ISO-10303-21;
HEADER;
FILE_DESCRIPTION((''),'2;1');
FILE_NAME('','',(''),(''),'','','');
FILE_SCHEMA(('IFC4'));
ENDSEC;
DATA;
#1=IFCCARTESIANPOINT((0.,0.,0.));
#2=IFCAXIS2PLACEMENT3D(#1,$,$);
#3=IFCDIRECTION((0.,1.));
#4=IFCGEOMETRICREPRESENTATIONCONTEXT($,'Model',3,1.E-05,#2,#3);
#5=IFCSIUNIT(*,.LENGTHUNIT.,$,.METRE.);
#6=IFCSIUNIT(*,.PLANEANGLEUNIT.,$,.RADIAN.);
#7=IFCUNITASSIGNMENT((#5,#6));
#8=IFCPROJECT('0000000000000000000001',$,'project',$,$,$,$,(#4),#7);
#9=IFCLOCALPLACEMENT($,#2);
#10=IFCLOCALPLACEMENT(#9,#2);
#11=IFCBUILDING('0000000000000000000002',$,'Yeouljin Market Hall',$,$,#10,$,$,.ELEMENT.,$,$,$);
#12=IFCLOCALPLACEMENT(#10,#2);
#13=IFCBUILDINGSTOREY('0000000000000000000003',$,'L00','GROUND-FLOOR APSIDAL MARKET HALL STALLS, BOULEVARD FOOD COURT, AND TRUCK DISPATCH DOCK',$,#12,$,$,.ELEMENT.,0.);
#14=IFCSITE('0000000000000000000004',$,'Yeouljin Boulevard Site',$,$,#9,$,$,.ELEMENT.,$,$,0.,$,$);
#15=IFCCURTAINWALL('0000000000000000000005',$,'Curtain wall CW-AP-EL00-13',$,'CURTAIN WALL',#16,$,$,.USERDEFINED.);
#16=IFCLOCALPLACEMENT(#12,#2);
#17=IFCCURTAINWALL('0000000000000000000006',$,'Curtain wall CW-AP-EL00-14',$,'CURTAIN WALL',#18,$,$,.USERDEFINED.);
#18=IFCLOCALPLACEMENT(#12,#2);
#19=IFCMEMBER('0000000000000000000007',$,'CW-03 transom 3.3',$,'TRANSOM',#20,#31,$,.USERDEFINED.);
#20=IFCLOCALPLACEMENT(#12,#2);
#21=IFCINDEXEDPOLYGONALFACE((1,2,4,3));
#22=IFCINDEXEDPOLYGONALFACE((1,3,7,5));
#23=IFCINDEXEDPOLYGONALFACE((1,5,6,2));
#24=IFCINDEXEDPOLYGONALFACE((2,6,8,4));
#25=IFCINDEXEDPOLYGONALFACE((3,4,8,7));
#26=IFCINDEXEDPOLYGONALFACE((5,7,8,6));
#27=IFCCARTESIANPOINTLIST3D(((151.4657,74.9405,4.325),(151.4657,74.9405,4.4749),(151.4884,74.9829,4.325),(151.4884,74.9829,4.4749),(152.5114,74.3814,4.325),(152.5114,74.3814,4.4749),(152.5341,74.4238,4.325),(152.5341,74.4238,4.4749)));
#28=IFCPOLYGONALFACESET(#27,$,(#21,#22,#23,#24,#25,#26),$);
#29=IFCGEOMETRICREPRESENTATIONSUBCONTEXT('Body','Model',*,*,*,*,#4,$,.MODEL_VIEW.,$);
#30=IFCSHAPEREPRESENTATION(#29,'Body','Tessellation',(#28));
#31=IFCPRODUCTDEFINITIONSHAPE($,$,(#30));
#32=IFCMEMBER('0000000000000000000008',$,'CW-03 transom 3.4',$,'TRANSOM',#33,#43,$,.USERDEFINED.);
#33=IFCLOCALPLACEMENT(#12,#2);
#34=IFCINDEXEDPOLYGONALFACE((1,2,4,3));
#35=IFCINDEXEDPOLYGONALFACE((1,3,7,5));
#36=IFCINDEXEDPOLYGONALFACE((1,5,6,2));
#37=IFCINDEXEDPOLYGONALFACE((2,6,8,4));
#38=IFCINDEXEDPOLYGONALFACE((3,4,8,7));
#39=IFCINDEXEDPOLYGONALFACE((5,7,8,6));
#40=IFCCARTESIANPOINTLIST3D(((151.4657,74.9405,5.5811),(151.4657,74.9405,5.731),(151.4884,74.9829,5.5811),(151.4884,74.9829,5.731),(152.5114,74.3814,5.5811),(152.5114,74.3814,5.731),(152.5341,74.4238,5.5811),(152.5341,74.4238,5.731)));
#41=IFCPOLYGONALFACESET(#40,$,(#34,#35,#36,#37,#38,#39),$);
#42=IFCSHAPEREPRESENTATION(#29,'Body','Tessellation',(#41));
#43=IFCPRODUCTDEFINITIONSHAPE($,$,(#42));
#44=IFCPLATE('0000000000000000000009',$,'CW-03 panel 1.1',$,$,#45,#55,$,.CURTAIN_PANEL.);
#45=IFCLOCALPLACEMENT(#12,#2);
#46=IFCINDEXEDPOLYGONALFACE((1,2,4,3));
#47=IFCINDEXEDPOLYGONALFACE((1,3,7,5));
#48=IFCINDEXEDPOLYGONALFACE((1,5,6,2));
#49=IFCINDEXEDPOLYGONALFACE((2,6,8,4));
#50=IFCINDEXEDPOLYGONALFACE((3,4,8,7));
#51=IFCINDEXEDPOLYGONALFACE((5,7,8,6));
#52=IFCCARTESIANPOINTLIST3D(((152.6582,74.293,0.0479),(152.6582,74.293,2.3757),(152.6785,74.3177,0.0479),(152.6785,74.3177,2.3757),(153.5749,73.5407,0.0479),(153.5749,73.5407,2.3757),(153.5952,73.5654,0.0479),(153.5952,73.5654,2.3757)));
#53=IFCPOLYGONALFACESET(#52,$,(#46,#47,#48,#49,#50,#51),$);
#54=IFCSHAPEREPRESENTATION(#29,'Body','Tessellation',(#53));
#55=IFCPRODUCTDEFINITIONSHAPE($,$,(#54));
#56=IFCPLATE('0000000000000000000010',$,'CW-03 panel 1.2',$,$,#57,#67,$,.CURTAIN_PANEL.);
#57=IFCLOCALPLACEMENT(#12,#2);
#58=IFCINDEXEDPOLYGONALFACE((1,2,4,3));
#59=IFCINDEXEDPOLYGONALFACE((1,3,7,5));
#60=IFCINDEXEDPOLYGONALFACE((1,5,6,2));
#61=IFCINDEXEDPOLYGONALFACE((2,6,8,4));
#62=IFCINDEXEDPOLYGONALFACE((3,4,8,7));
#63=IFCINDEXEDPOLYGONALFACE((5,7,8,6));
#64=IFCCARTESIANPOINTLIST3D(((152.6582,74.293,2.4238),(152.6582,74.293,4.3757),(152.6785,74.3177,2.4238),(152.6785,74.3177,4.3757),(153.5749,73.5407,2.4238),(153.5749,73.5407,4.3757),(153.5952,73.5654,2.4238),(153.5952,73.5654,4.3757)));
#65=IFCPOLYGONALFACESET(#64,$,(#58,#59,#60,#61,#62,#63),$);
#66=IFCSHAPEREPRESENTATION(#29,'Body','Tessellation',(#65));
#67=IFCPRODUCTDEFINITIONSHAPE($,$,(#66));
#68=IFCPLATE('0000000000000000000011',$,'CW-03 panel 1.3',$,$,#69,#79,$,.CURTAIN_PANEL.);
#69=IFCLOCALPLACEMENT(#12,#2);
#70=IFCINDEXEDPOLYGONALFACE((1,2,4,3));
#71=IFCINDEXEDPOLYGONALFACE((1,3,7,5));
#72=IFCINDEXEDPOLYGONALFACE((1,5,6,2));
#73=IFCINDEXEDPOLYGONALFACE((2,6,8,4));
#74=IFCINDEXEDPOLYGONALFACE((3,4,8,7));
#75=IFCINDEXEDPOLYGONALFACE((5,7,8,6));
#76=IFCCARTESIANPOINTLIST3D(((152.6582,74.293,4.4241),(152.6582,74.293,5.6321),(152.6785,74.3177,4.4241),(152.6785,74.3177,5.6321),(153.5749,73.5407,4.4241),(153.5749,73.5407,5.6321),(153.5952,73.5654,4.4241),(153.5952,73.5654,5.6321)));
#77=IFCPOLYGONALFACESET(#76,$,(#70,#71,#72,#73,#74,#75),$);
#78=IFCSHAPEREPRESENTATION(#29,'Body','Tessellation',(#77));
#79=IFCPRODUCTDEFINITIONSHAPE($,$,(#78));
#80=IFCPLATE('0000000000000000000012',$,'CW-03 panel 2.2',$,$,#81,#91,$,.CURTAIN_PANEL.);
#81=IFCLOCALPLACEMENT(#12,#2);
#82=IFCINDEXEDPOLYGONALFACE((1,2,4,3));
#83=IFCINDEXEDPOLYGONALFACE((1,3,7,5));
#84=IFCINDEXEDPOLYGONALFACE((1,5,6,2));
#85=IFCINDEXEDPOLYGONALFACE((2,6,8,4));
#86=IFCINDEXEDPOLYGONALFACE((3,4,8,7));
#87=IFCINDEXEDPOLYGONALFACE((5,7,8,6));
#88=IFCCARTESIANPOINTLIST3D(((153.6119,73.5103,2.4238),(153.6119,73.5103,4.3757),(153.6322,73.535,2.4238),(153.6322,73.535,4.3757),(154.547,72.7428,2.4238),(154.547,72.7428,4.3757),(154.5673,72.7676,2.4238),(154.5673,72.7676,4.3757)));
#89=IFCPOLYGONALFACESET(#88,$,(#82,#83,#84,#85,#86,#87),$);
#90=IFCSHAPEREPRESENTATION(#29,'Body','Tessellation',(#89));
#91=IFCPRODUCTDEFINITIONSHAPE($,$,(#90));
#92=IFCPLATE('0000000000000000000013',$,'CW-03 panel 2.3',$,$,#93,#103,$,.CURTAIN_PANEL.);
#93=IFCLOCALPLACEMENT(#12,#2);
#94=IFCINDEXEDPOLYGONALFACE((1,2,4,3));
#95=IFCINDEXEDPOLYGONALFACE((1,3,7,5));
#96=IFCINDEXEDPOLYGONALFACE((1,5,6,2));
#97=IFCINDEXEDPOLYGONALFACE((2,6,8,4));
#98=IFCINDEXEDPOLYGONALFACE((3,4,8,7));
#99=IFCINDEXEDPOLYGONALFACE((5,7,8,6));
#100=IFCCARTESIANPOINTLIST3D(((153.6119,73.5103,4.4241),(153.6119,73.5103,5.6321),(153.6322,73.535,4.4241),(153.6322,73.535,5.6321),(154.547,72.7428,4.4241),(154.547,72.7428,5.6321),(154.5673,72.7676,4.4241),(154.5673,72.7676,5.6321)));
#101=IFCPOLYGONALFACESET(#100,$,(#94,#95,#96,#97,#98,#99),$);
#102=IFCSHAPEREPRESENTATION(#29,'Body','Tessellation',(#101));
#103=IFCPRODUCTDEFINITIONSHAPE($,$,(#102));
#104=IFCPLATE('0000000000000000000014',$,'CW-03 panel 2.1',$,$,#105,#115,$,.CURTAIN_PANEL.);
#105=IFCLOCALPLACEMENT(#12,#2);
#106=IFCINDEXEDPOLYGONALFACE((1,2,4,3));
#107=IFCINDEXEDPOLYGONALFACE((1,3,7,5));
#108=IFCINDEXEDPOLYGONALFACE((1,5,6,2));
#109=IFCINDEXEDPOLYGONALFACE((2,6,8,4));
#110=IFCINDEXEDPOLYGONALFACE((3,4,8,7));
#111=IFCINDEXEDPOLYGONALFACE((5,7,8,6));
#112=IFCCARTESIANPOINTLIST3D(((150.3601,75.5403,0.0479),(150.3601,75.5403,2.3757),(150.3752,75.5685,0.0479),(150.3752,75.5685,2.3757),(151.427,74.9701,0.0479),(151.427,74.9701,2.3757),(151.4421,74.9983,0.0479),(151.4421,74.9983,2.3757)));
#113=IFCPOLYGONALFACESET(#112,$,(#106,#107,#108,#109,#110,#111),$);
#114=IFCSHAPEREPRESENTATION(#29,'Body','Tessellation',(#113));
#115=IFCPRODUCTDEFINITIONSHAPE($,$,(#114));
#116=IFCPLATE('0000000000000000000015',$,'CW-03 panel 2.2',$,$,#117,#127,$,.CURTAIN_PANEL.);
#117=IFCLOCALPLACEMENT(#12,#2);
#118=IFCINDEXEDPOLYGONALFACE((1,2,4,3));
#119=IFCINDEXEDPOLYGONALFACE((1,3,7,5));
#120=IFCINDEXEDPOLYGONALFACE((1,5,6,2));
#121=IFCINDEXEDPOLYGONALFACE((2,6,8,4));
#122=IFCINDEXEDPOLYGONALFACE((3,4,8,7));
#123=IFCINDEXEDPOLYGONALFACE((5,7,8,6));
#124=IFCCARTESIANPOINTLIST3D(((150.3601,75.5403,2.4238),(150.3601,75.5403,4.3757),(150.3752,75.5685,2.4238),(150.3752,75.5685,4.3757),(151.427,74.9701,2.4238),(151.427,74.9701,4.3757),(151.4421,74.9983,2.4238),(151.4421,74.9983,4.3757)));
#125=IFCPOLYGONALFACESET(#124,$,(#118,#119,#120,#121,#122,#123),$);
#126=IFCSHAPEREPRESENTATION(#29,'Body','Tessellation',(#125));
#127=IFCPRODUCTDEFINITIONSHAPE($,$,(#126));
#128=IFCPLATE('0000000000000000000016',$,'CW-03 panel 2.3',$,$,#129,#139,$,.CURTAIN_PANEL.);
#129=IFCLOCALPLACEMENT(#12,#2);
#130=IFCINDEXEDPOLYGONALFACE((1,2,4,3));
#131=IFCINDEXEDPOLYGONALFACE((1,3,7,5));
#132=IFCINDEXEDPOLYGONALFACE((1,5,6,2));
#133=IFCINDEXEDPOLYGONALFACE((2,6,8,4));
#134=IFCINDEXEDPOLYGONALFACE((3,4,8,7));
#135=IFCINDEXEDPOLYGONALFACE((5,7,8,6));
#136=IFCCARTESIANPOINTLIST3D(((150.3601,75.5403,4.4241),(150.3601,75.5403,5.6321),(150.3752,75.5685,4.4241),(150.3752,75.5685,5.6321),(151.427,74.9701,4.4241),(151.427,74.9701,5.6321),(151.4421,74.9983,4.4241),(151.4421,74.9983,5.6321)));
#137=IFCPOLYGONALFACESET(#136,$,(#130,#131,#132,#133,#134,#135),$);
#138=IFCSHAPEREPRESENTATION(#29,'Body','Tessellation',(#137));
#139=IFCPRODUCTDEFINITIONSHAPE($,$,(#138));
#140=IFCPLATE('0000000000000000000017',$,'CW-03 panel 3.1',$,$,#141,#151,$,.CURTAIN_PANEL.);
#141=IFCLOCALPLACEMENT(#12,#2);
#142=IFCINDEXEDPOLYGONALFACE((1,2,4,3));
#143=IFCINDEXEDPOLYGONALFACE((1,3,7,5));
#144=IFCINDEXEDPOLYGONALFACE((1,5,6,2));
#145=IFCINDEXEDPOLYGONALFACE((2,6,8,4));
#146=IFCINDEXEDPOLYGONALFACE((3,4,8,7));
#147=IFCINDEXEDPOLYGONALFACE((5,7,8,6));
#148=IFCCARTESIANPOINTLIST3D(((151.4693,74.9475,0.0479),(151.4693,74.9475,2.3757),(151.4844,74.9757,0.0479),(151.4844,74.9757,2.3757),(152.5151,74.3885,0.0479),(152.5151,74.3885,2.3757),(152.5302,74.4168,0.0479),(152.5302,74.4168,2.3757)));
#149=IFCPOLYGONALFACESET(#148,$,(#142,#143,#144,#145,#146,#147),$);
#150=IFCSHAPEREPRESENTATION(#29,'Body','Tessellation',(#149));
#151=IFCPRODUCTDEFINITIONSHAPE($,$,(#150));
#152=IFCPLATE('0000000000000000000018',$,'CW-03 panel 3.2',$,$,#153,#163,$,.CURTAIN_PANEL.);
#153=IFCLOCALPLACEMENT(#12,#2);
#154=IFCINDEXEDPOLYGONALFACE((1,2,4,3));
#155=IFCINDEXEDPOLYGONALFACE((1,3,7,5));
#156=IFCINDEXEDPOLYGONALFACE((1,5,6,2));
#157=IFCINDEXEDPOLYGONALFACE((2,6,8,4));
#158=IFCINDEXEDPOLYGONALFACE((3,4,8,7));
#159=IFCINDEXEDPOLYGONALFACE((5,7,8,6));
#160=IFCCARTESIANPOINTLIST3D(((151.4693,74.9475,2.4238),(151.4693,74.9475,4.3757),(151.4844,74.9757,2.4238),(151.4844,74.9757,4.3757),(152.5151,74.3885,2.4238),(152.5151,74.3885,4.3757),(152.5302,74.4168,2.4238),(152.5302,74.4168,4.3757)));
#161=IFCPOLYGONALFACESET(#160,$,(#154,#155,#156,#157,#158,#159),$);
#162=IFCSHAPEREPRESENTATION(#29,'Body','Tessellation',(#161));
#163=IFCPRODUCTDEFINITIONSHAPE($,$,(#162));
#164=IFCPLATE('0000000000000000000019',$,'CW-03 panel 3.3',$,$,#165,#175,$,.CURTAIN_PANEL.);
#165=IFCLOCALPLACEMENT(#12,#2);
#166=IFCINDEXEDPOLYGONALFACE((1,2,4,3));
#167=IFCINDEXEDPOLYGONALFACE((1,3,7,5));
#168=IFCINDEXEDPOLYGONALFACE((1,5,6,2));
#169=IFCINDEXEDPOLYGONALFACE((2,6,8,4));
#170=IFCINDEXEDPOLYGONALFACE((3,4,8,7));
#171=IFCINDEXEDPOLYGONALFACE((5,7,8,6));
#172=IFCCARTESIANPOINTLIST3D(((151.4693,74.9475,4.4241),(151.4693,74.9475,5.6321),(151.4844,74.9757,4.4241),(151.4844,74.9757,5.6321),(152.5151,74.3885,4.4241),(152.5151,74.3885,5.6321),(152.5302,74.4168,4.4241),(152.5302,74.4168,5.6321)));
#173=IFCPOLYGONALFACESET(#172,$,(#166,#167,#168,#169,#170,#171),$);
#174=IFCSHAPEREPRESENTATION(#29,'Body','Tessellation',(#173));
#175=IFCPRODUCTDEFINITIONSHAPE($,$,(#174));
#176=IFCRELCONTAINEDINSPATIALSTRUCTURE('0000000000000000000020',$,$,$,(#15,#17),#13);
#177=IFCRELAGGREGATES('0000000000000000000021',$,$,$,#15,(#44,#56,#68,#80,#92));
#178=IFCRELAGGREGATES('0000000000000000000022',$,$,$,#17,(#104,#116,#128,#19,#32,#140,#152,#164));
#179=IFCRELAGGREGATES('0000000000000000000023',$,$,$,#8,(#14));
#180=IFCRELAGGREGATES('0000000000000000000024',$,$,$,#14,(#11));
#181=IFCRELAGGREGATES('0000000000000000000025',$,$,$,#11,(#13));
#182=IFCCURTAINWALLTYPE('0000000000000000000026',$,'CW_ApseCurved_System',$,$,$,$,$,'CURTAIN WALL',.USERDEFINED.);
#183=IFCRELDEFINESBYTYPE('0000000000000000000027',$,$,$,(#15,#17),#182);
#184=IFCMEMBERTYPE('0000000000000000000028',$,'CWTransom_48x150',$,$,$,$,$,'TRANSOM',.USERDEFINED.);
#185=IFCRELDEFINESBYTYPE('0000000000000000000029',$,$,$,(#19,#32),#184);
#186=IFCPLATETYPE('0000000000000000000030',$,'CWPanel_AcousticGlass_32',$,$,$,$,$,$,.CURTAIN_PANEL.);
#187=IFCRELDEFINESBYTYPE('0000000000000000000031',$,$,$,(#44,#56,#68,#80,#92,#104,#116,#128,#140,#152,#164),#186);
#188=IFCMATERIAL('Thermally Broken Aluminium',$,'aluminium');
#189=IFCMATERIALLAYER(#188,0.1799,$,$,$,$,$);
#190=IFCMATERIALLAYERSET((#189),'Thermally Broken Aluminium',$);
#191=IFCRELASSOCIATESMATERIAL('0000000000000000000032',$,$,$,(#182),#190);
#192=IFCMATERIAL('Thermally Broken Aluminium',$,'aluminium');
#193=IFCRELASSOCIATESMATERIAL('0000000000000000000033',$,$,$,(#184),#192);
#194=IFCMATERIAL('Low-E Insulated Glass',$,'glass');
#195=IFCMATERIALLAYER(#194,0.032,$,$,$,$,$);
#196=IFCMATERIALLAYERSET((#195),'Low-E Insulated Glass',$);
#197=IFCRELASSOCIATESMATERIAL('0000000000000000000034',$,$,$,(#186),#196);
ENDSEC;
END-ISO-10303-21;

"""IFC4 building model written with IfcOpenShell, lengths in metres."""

from ifc_helpers import new_model, si_unit, direction, frame, origin, origin_2d, place, context, subcontext, project, spatial, rectangle, extrude, material, layer, layer_set, material_profile, profile_set, type_object, element, aggregate, save


model = new_model("IFC4")

# Units and contexts
model_context = context("Model", 3, precision=1e-05, world=origin(), true_north=direction((0.0, 1.0)))
body_context = subcontext(model_context, "Body", "Model", "MODEL_VIEW")
ifc_project = project(units=[si_unit("LENGTHUNIT", "METRE"), si_unit("PLANEANGLEUNIT", "RADIAN")], contexts=[model_context])

# Site, building, storey
site_placement = place(None, origin())
site = spatial("IfcSite", under=ifc_project, at=site_placement, Name="Yeouljin Boulevard Site", CompositionType="ELEMENT", RefElevation=0.0)
building_placement = place(site_placement, origin())
building = spatial("IfcBuilding", under=site, at=building_placement, Name="Yeouljin Market Hall", CompositionType="ELEMENT")
storey_placement = place(building_placement, origin())
storey = spatial("IfcBuildingStorey", under=building, at=storey_placement, Name="L00", Description="GROUND-FLOOR APSIDAL MARKET HALL STALLS, BOULEVARD FOOD COURT, AND TRUCK DISPATCH DOCK", CompositionType="ELEMENT", Elevation=0.0)

# Curtain walls
ifc_material_1 = material(Name="Thermally Broken Aluminium", Category="aluminium")
ifc_layer_1 = layer(ifc_material_1, 0.1799)
ifc_layer_set_1 = layer_set([ifc_layer_1], Name="Thermally Broken Aluminium")
curtain_wall_type = type_object("IfcCurtainWallType", Name="CW_ApseCurved_System", ElementType="CURTAIN WALL", PredefinedType="USERDEFINED", material=ifc_layer_set_1)
curtain_wall_1_placement = place(storey_placement, origin())
curtain_wall_1 = element("IfcCurtainWall", 1, at=curtain_wall_1_placement, inside=storey, type_object=curtain_wall_type, Name="Curtain wall CW-AP-EL00-13", ObjectType="CURTAIN WALL", PredefinedType="USERDEFINED")
curtain_wall_2_placement = place(storey_placement, origin())
curtain_wall_2 = element("IfcCurtainWall", 2, at=curtain_wall_2_placement, inside=storey, type_object=curtain_wall_type, Name="Curtain wall CW-AP-EL00-14", ObjectType="CURTAIN WALL", PredefinedType="USERDEFINED")

# Members
ifc_material_2 = material(Name="Thermally Broken Aluminium", Category="aluminium")
ifc_material_profile_1 = material_profile(ifc_material_2, rectangle(XDim=0.0481, YDim=0.1499, at=origin_2d()), Name="CW-TRAN-48x150")
ifc_profile_set_1 = profile_set([ifc_material_profile_1], Name="Thermally Broken Aluminium")
member_type_1 = type_object("IfcMemberType", Name="CWTransom_48x150", ElementType="TRANSOM", PredefinedType="USERDEFINED", material=ifc_profile_set_1)
member_1_placement = place(storey_placement, frame((151.4771, 74.9617, 4.3999), z_axis=(0.881862, -0.471507, 0.0), x_axis=(0.471507, 0.881862, 0.0)))
member_1 = element("IfcMember", 3, at=member_1_placement, type_object=member_type_1, Name="CW-03 transom 3.3", ObjectType="TRANSOM", PredefinedType="USERDEFINED", context=body_context, shape_type="SweptSolid", body=[
    extrude(rectangle(XDim=0.0481, YDim=0.1499, at=origin_2d()), origin(), (0.0, 0.0, 1.0), 1.1858),
])
member_2_placement = place(storey_placement, frame((151.4771, 74.9617, 5.656), z_axis=(0.881862, -0.471507, 0.0), x_axis=(0.471507, 0.881862, 0.0)))
member_2 = element("IfcMember", 4, at=member_2_placement, type_object=member_type_1, Name="CW-03 transom 3.4", ObjectType="TRANSOM", PredefinedType="USERDEFINED", context=body_context, shape_type="SweptSolid", body=[
    extrude(rectangle(XDim=0.0481, YDim=0.1499, at=origin_2d()), origin(), (0.0, 0.0, 1.0), 1.1858),
])

# Plates
ifc_material_3 = material(Name="Low-E Insulated Glass", Category="glass")
ifc_layer_2 = layer(ifc_material_3, 0.032)
ifc_layer_set_2 = layer_set([ifc_layer_2], Name="Low-E Insulated Glass")
plate_type = type_object("IfcPlateType", Name="CWPanel_AcousticGlass_32", PredefinedType="CURTAIN_PANEL", material=ifc_layer_set_2)
plate_1_placement = place(storey_placement, frame((153.1267, 73.9292, 0.0479), z_axis=(0.0, 0.0, 1.0), x_axis=(0.773018, -0.634384, 0.0)))
plate_1 = element("IfcPlate", 5, at=plate_1_placement, type_object=plate_type, Name="CW-03 panel 1.1", PredefinedType="CURTAIN_PANEL", context=body_context, shape_type="SweptSolid", body=[
    extrude(rectangle(XDim=1.1858, YDim=0.032, at=origin_2d()), origin(), (0.0, 0.0, 1.0), 2.3279),
])
plate_2_placement = place(storey_placement, frame((153.1267, 73.9292, 2.4238), z_axis=(0.0, 0.0, 1.0), x_axis=(0.773018, -0.634384, 0.0)))
plate_2 = element("IfcPlate", 6, at=plate_2_placement, type_object=plate_type, Name="CW-03 panel 1.2", PredefinedType="CURTAIN_PANEL", context=body_context, shape_type="SweptSolid", body=[
    extrude(rectangle(XDim=1.1858, YDim=0.032, at=origin_2d()), origin(), (0.0, 0.0, 1.0), 1.9519),
])
plate_3_placement = place(storey_placement, frame((153.1267, 73.9292, 4.4241), z_axis=(0.0, 0.0, 1.0), x_axis=(0.773018, -0.634384, 0.0)))
plate_3 = element("IfcPlate", 7, at=plate_3_placement, type_object=plate_type, Name="CW-03 panel 1.3", PredefinedType="CURTAIN_PANEL", context=body_context, shape_type="SweptSolid", body=[
    extrude(rectangle(XDim=1.1858, YDim=0.032, at=origin_2d()), origin(), (0.0, 0.0, 1.0), 1.208),
])
plate_4_placement = place(storey_placement, frame((154.0896, 73.1389, 2.4238), z_axis=(0.0, 0.0, 1.0), x_axis=(0.773018, -0.634384, 0.0)))
plate_4 = element("IfcPlate", 8, at=plate_4_placement, type_object=plate_type, Name="CW-03 panel 2.2", PredefinedType="CURTAIN_PANEL", context=body_context, shape_type="SweptSolid", body=[
    extrude(rectangle(XDim=1.2097, YDim=0.032, at=origin_2d()), origin(), (0.0, 0.0, 1.0), 1.9519),
])
plate_5_placement = place(storey_placement, frame((154.0896, 73.1389, 4.4241), z_axis=(0.0, 0.0, 1.0), x_axis=(0.773018, -0.634384, 0.0)))
plate_5 = element("IfcPlate", 9, at=plate_5_placement, type_object=plate_type, Name="CW-03 panel 2.3", PredefinedType="CURTAIN_PANEL", context=body_context, shape_type="SweptSolid", body=[
    extrude(rectangle(XDim=1.2097, YDim=0.032, at=origin_2d()), origin(), (0.0, 0.0, 1.0), 1.208),
])
aggregate(curtain_wall_1, [plate_1, plate_2, plate_3, plate_4, plate_5])
plate_6_placement = place(storey_placement, frame((150.9011, 75.2693, 0.0479), z_axis=(0.0, 0.0, 1.0), x_axis=(0.881931, -0.471378, 0.0)))
plate_6 = element("IfcPlate", 10, at=plate_6_placement, type_object=plate_type, Name="CW-03 panel 2.1", PredefinedType="CURTAIN_PANEL", context=body_context, shape_type="SweptSolid", body=[
    extrude(rectangle(XDim=1.2097, YDim=0.032, at=origin_2d()), origin(), (0.0, 0.0, 1.0), 2.3279),
])
plate_7_placement = place(storey_placement, frame((150.9011, 75.2693, 2.4238), z_axis=(0.0, 0.0, 1.0), x_axis=(0.881931, -0.471378, 0.0)))
plate_7 = element("IfcPlate", 11, at=plate_7_placement, type_object=plate_type, Name="CW-03 panel 2.2", PredefinedType="CURTAIN_PANEL", context=body_context, shape_type="SweptSolid", body=[
    extrude(rectangle(XDim=1.2097, YDim=0.032, at=origin_2d()), origin(), (0.0, 0.0, 1.0), 1.9519),
])
plate_8_placement = place(storey_placement, frame((150.9011, 75.2693, 4.4241), z_axis=(0.0, 0.0, 1.0), x_axis=(0.881931, -0.471378, 0.0)))
plate_8 = element("IfcPlate", 12, at=plate_8_placement, type_object=plate_type, Name="CW-03 panel 2.3", PredefinedType="CURTAIN_PANEL", context=body_context, shape_type="SweptSolid", body=[
    extrude(rectangle(XDim=1.2097, YDim=0.032, at=origin_2d()), origin(), (0.0, 0.0, 1.0), 1.208),
])
plate_9_placement = place(storey_placement, frame((151.9998, 74.6821, 0.0479), z_axis=(0.0, 0.0, 1.0), x_axis=(0.881931, -0.471378, 0.0)))
plate_9 = element("IfcPlate", 13, at=plate_9_placement, type_object=plate_type, Name="CW-03 panel 3.1", PredefinedType="CURTAIN_PANEL", context=body_context, shape_type="SweptSolid", body=[
    extrude(rectangle(XDim=1.1858, YDim=0.032, at=origin_2d()), origin(), (0.0, 0.0, 1.0), 2.3279),
])
plate_10_placement = place(storey_placement, frame((151.9998, 74.6821, 2.4238), z_axis=(0.0, 0.0, 1.0), x_axis=(0.881931, -0.471378, 0.0)))
plate_10 = element("IfcPlate", 14, at=plate_10_placement, type_object=plate_type, Name="CW-03 panel 3.2", PredefinedType="CURTAIN_PANEL", context=body_context, shape_type="SweptSolid", body=[
    extrude(rectangle(XDim=1.1858, YDim=0.032, at=origin_2d()), origin(), (0.0, 0.0, 1.0), 1.9519),
])
plate_11_placement = place(storey_placement, frame((151.9998, 74.6821, 4.4241), z_axis=(0.0, 0.0, 1.0), x_axis=(0.881931, -0.471378, 0.0)))
plate_11 = element("IfcPlate", 15, at=plate_11_placement, type_object=plate_type, Name="CW-03 panel 3.3", PredefinedType="CURTAIN_PANEL", context=body_context, shape_type="SweptSolid", body=[
    extrude(rectangle(XDim=1.1858, YDim=0.032, at=origin_2d()), origin(), (0.0, 0.0, 1.0), 1.208),
])
aggregate(curtain_wall_2, [plate_6, plate_7, plate_8, member_1, member_2, plate_9, plate_10, plate_11])

save(model, "model.ifc")
